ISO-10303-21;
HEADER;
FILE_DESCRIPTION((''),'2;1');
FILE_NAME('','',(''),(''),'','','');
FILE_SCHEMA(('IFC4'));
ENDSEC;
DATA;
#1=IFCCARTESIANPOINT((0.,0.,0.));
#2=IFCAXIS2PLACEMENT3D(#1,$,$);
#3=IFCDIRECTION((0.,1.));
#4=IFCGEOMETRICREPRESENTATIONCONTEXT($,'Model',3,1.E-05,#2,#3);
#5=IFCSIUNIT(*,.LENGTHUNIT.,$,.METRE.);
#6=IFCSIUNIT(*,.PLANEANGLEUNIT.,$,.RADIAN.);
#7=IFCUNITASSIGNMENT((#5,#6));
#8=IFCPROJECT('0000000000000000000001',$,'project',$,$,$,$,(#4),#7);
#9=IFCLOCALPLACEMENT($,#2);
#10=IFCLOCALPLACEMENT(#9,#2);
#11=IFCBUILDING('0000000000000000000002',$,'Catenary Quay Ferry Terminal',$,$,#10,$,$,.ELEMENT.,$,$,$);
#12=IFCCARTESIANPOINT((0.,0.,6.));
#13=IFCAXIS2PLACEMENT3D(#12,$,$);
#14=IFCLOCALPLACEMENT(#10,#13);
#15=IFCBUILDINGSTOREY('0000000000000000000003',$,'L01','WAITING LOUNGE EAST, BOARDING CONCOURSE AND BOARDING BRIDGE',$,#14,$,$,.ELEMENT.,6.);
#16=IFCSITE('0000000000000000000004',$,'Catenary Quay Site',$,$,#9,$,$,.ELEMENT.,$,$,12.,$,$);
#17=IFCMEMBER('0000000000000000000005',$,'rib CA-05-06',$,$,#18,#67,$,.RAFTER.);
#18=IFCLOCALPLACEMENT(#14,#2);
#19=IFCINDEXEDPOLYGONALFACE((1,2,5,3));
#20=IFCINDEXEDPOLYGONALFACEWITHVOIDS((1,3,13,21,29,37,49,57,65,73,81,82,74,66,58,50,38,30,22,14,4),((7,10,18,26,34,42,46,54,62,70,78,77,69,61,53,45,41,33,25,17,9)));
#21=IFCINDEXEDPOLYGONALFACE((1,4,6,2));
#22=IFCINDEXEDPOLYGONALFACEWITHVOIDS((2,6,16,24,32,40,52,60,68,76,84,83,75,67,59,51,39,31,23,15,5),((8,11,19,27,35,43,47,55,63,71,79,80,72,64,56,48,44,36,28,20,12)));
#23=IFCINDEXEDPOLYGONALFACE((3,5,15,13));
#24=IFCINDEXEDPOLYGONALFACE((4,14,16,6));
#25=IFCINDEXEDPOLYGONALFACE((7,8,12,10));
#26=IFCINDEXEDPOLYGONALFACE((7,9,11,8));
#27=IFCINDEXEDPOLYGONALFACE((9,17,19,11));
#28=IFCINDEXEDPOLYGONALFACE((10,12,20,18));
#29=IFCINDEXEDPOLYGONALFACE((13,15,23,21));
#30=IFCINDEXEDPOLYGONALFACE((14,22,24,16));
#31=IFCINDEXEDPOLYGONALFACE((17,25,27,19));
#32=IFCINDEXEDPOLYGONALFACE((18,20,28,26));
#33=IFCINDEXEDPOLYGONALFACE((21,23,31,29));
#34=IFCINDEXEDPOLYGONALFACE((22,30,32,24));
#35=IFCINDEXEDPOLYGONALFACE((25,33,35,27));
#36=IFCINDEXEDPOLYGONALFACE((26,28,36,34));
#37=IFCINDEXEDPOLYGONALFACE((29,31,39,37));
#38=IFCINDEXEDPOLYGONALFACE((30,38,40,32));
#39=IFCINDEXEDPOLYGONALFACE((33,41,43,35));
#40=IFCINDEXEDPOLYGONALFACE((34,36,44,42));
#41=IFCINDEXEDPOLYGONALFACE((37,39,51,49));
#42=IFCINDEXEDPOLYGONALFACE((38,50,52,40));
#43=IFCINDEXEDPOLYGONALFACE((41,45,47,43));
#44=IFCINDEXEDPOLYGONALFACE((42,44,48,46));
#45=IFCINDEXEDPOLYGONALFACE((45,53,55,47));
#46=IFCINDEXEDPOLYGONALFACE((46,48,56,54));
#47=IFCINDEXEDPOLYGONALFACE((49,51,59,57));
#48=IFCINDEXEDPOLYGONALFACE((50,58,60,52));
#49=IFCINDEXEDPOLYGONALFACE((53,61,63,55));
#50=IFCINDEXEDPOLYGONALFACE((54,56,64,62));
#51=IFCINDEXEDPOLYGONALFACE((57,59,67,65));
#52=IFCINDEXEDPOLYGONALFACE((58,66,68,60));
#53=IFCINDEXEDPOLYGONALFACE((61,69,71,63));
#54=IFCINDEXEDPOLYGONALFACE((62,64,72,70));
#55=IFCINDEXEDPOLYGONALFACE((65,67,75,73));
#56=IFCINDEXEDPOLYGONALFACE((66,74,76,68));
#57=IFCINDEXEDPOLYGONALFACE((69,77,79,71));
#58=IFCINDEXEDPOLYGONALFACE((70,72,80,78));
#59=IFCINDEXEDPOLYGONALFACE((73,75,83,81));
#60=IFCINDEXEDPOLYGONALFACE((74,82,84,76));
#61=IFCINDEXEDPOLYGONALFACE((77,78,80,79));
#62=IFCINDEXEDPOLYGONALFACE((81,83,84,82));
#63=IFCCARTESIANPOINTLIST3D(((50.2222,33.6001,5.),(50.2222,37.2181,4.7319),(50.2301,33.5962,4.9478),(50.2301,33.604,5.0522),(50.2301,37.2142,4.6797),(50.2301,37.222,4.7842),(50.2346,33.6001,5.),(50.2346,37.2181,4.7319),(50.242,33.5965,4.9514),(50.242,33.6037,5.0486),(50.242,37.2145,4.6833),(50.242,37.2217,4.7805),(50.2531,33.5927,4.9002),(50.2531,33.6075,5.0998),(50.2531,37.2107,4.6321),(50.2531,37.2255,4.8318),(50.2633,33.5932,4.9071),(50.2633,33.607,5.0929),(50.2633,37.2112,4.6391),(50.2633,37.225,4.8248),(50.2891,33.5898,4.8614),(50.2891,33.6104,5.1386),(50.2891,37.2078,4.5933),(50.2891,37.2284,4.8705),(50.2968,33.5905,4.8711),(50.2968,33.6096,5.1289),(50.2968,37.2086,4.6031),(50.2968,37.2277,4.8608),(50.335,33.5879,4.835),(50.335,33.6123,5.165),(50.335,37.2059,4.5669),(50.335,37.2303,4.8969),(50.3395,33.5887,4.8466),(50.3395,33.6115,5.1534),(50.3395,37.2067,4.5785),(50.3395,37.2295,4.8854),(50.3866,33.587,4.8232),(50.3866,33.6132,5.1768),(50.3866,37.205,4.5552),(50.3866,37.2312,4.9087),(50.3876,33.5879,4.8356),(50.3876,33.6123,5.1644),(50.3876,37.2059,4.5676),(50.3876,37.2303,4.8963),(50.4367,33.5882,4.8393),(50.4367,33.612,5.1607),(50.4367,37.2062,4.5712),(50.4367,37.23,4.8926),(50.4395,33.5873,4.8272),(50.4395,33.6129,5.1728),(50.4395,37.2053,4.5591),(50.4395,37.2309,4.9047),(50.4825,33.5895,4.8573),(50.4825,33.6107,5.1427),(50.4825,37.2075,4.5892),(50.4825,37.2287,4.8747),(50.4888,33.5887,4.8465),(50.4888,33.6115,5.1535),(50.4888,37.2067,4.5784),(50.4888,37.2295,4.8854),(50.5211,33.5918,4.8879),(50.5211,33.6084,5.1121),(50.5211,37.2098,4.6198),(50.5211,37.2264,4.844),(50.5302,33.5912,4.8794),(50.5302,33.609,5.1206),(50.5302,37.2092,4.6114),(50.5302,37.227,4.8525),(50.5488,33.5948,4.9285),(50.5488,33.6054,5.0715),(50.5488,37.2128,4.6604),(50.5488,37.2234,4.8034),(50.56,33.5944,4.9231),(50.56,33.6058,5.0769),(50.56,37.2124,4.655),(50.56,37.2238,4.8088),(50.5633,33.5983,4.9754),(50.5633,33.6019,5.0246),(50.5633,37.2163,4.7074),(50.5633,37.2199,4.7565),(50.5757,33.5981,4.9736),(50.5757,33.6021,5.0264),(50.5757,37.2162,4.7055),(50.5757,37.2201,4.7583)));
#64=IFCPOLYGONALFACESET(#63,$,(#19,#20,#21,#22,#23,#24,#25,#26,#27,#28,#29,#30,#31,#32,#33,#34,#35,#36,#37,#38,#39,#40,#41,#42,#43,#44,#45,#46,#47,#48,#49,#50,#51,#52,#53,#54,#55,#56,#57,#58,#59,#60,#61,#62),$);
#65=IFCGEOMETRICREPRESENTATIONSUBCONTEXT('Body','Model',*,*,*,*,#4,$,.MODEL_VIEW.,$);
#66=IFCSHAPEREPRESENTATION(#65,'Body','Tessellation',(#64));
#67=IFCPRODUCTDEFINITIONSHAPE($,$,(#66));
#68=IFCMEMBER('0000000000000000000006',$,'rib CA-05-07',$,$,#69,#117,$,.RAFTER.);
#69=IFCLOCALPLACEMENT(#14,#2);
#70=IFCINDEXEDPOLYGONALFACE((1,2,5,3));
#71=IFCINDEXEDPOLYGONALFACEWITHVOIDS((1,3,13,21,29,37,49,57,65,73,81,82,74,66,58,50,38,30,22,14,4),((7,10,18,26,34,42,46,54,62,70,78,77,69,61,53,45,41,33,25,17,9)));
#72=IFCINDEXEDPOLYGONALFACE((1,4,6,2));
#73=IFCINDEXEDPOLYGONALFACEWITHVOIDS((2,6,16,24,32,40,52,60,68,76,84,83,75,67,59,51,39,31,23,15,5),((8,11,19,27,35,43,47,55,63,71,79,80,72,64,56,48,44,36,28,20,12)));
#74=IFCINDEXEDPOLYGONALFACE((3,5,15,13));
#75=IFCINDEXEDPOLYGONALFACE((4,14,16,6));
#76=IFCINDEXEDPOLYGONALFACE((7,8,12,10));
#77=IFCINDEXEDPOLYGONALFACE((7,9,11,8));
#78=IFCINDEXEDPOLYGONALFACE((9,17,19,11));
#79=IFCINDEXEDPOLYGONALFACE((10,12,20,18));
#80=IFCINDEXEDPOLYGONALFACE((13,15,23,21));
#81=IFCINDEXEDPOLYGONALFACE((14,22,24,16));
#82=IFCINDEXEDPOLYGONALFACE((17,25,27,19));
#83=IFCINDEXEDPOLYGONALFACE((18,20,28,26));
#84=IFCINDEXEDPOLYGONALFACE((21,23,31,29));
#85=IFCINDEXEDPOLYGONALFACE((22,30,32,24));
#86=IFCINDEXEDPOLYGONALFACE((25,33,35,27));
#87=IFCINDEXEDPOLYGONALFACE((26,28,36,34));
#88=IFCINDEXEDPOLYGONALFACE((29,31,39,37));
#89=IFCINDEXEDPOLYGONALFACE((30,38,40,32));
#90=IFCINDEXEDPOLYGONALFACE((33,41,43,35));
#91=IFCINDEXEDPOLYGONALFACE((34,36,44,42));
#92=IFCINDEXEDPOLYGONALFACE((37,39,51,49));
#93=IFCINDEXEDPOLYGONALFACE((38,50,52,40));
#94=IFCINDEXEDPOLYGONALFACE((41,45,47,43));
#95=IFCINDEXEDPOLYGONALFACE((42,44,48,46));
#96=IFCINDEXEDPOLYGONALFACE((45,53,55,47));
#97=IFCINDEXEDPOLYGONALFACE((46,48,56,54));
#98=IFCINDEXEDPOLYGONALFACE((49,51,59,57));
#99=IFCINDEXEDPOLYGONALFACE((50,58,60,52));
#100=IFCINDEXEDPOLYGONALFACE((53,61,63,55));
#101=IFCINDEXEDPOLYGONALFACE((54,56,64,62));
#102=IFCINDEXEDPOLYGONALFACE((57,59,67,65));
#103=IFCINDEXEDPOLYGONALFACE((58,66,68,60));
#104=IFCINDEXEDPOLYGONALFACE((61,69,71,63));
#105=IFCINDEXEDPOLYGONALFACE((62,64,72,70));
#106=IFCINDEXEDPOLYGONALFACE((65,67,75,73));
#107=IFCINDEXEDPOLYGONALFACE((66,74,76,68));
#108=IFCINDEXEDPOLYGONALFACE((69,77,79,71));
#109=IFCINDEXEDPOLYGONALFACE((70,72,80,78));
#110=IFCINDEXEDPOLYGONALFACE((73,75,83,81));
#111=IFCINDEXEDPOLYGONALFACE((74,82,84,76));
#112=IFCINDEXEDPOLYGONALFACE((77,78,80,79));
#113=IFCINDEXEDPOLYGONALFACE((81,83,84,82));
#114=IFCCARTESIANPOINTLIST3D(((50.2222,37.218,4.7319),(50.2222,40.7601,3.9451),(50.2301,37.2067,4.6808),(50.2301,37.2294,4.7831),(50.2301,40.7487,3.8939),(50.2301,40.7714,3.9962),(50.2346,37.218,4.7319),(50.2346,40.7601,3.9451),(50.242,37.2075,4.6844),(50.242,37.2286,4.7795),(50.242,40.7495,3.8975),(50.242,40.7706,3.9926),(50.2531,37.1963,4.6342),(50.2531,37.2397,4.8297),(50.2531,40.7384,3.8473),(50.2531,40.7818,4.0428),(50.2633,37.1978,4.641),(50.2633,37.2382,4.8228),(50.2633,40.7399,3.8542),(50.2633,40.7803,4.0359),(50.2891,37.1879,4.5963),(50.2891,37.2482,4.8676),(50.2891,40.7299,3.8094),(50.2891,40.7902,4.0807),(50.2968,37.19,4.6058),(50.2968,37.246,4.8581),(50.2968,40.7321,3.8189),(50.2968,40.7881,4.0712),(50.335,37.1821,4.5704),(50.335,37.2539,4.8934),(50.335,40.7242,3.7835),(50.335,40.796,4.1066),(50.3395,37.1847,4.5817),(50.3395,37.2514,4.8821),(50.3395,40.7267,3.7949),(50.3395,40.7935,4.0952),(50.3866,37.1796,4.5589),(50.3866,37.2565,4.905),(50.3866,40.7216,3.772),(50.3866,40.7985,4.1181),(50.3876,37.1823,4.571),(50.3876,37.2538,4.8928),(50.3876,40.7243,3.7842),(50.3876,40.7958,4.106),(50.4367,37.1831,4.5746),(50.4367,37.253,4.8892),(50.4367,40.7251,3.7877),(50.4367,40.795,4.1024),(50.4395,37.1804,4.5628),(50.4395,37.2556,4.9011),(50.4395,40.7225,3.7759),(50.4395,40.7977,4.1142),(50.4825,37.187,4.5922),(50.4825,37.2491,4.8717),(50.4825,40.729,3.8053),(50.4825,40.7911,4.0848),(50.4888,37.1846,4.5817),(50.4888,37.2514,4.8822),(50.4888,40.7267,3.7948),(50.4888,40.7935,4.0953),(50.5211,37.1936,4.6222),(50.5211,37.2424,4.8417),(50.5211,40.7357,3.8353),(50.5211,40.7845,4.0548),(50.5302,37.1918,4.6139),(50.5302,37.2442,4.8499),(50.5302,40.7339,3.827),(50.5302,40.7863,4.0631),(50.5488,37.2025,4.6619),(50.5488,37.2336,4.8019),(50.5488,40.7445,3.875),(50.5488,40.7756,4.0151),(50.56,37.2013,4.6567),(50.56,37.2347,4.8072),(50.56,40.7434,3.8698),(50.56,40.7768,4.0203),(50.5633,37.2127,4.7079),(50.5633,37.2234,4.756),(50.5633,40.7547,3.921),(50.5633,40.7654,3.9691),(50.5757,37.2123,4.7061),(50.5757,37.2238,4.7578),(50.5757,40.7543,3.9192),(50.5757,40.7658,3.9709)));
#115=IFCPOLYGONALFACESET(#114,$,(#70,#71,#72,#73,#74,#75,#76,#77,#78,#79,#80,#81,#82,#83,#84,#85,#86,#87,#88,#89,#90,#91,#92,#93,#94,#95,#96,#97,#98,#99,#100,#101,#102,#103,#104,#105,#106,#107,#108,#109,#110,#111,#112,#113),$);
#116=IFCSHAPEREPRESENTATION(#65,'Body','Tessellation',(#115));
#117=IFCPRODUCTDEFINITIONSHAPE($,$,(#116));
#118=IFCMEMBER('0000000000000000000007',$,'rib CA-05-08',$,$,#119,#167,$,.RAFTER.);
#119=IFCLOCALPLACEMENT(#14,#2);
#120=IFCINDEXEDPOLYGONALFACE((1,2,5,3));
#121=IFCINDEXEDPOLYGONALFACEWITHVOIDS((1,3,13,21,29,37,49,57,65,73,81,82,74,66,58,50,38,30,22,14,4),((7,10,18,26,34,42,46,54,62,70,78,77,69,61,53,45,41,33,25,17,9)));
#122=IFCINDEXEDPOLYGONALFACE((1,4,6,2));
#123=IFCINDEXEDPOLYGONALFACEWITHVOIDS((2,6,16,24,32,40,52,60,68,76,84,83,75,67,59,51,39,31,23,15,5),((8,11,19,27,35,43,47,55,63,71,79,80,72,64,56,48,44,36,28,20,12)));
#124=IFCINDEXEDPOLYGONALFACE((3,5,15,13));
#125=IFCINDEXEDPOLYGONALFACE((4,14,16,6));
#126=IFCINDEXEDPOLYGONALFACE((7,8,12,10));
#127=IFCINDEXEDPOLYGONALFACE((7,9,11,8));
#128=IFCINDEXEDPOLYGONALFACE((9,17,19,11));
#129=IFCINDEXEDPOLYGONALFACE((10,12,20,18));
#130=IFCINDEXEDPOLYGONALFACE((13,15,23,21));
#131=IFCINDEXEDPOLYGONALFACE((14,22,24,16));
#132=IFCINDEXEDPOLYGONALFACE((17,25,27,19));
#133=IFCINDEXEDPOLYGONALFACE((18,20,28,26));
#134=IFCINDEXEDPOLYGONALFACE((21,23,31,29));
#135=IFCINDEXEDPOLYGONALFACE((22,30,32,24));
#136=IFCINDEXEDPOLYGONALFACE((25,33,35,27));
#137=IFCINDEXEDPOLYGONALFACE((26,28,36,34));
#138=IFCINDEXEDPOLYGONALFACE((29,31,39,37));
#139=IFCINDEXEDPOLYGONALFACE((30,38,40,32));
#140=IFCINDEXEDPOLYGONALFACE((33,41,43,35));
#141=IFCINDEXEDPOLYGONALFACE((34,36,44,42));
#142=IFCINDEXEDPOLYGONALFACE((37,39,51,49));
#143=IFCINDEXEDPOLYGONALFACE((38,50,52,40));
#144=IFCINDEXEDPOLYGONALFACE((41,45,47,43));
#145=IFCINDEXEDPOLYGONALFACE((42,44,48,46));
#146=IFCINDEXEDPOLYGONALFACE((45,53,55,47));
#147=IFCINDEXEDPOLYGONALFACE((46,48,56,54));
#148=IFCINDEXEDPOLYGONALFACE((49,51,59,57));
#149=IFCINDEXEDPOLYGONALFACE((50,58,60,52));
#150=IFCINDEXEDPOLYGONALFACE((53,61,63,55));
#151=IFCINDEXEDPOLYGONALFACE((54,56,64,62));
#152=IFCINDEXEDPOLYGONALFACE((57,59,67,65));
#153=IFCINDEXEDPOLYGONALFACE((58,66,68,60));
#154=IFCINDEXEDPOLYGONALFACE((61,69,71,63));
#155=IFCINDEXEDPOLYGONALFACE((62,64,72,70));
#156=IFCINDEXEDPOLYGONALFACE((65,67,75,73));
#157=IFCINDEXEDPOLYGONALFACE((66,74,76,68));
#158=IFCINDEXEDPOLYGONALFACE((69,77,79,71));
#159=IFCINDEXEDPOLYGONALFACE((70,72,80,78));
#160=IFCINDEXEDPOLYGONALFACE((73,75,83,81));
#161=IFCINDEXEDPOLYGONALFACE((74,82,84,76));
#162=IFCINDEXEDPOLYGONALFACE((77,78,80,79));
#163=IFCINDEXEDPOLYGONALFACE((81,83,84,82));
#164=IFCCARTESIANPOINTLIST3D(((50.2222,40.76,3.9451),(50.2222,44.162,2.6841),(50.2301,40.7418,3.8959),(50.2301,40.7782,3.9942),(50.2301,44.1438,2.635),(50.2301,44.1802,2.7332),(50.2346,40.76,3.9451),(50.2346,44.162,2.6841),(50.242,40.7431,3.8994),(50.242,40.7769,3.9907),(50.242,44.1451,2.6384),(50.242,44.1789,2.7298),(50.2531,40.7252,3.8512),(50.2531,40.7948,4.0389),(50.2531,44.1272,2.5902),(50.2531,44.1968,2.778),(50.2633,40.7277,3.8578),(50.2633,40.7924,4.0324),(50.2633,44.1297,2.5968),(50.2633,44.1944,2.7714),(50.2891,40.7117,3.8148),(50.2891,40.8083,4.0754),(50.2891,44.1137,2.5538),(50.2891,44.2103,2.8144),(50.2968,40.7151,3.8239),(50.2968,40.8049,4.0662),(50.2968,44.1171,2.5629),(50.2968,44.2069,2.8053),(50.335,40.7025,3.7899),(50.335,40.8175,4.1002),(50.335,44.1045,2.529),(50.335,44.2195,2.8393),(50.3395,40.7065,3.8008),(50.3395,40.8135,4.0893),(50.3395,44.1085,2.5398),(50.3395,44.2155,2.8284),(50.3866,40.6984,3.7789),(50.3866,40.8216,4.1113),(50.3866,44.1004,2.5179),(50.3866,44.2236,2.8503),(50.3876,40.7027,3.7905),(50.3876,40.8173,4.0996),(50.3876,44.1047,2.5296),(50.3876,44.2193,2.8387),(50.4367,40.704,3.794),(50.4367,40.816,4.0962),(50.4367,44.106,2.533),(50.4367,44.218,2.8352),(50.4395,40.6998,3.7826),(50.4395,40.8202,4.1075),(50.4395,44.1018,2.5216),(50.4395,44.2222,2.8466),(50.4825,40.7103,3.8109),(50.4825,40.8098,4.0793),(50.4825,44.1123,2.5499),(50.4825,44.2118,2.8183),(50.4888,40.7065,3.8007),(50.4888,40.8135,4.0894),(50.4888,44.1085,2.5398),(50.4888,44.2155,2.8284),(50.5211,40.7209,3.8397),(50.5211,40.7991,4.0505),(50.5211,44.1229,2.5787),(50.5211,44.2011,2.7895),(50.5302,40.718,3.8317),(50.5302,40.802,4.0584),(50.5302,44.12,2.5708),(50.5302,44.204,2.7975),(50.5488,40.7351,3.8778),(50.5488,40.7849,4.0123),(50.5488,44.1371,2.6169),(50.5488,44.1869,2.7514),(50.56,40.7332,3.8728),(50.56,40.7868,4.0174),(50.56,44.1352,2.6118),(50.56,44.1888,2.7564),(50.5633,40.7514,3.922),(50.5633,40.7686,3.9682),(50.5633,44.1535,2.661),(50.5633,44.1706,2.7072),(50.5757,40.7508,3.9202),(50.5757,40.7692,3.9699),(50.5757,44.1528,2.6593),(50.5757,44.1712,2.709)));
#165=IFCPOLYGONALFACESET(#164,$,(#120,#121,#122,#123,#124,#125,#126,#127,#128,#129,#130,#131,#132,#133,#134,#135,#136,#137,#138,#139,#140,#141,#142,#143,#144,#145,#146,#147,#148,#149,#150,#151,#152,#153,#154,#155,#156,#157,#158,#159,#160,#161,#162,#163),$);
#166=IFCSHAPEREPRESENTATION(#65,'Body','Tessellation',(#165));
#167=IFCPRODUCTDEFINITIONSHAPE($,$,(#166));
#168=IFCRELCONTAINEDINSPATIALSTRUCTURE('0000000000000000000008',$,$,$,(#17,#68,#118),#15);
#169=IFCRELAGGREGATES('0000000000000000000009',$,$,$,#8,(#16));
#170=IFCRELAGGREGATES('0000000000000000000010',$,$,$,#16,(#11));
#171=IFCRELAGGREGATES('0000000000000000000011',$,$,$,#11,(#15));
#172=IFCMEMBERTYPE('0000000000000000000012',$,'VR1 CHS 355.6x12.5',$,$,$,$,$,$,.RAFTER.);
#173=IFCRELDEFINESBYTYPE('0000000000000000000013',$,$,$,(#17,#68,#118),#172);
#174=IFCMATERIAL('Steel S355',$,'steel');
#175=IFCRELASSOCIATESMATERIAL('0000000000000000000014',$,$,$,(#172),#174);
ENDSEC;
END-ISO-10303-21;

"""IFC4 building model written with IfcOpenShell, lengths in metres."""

from ifc_helpers import new_model, si_unit, direction, frame, origin, origin_2d, place, context, subcontext, project, spatial, hollow_circle, extrude, material, material_profile, profile_set, type_object, element, save


model = new_model("IFC4")

# Units and contexts
model_context = context("Model", 3, precision=1e-05, world=origin(), true_north=direction((0.0, 1.0)))
body_context = subcontext(model_context, "Body", "Model", "MODEL_VIEW")
ifc_project = project(units=[si_unit("LENGTHUNIT", "METRE"), si_unit("PLANEANGLEUNIT", "RADIAN")], contexts=[model_context])

# Site, building, storey
site_placement = place(None, origin())
site = spatial("IfcSite", under=ifc_project, at=site_placement, Name="Catenary Quay Site", CompositionType="ELEMENT", RefElevation=12.0)
building_placement = place(site_placement, origin())
building = spatial("IfcBuilding", under=site, at=building_placement, Name="Catenary Quay Ferry Terminal", CompositionType="ELEMENT")
storey_placement = place(building_placement, frame((0.0, 0.0, 6.0)))
storey = spatial("IfcBuildingStorey", under=building, at=storey_placement, Name="L01", Description="WAITING LOUNGE EAST, BOARDING CONCOURSE AND BOARDING BRIDGE", CompositionType="ELEMENT", Elevation=6.0)

# Members
ifc_material_1 = material(Name="Steel S355", Category="steel")
ifc_material_profile_1 = material_profile(ifc_material_1, hollow_circle(Radius=0.1777, WallThickness=0.0125, at=origin_2d()), Name="CHS 355.6x12.5")
ifc_profile_set_1 = profile_set([ifc_material_profile_1], Name="Steel S355")
member_type_1 = type_object("IfcMemberType", Name="VR1 CHS 355.6x12.5", PredefinedType="RAFTER", material=ifc_profile_set_1)
member_1_placement = place(storey_placement, frame((50.3999, 33.6001, 5.0), z_axis=(0.0, 0.997266, -0.073892), x_axis=(-1.0, 0.0, 0.0)))
element("IfcMember", 1, at=member_1_placement, inside=storey, type_object=member_type_1, Name="rib CA-05-06", PredefinedType="RAFTER", context=body_context, shape_type="SweptSolid", body=[
    extrude(hollow_circle(Radius=0.1777, WallThickness=0.0125, at=origin_2d()), origin(), (0.0, 0.0, 1.0), 3.6279),
])
member_2_placement = place(storey_placement, frame((50.3999, 37.218, 4.7319), z_axis=(0.0, 0.976201, -0.216866), x_axis=(-1.0, 0.0, 0.0)))
element("IfcMember", 2, at=member_2_placement, inside=storey, type_object=member_type_1, Name="rib CA-05-07", PredefinedType="RAFTER", context=body_context, shape_type="SweptSolid", body=[
    extrude(hollow_circle(Radius=0.1777, WallThickness=0.0125, at=origin_2d()), origin(), (0.0, 0.0, 1.0), 3.6284),
])
for number, where, z_axis, x_axis, name in (
    (3, (50.3999, 40.76, 3.9451), (0.0, 0.937664, -0.347544), (-1.0, 0.0, 0.0), "rib CA-05-08"),
):
    element("IfcMember", number, at=place(storey_placement, frame(where, z_axis=z_axis, x_axis=x_axis)), inside=storey, type_object=member_type_1, Name=name, PredefinedType="RAFTER", context=body_context, shape_type="SweptSolid", body=[
        extrude(hollow_circle(Radius=0.1777, WallThickness=0.0125, at=origin_2d()), origin(), (0.0, 0.0, 1.0), 3.6282),
    ])

save(model, "model.ifc")
